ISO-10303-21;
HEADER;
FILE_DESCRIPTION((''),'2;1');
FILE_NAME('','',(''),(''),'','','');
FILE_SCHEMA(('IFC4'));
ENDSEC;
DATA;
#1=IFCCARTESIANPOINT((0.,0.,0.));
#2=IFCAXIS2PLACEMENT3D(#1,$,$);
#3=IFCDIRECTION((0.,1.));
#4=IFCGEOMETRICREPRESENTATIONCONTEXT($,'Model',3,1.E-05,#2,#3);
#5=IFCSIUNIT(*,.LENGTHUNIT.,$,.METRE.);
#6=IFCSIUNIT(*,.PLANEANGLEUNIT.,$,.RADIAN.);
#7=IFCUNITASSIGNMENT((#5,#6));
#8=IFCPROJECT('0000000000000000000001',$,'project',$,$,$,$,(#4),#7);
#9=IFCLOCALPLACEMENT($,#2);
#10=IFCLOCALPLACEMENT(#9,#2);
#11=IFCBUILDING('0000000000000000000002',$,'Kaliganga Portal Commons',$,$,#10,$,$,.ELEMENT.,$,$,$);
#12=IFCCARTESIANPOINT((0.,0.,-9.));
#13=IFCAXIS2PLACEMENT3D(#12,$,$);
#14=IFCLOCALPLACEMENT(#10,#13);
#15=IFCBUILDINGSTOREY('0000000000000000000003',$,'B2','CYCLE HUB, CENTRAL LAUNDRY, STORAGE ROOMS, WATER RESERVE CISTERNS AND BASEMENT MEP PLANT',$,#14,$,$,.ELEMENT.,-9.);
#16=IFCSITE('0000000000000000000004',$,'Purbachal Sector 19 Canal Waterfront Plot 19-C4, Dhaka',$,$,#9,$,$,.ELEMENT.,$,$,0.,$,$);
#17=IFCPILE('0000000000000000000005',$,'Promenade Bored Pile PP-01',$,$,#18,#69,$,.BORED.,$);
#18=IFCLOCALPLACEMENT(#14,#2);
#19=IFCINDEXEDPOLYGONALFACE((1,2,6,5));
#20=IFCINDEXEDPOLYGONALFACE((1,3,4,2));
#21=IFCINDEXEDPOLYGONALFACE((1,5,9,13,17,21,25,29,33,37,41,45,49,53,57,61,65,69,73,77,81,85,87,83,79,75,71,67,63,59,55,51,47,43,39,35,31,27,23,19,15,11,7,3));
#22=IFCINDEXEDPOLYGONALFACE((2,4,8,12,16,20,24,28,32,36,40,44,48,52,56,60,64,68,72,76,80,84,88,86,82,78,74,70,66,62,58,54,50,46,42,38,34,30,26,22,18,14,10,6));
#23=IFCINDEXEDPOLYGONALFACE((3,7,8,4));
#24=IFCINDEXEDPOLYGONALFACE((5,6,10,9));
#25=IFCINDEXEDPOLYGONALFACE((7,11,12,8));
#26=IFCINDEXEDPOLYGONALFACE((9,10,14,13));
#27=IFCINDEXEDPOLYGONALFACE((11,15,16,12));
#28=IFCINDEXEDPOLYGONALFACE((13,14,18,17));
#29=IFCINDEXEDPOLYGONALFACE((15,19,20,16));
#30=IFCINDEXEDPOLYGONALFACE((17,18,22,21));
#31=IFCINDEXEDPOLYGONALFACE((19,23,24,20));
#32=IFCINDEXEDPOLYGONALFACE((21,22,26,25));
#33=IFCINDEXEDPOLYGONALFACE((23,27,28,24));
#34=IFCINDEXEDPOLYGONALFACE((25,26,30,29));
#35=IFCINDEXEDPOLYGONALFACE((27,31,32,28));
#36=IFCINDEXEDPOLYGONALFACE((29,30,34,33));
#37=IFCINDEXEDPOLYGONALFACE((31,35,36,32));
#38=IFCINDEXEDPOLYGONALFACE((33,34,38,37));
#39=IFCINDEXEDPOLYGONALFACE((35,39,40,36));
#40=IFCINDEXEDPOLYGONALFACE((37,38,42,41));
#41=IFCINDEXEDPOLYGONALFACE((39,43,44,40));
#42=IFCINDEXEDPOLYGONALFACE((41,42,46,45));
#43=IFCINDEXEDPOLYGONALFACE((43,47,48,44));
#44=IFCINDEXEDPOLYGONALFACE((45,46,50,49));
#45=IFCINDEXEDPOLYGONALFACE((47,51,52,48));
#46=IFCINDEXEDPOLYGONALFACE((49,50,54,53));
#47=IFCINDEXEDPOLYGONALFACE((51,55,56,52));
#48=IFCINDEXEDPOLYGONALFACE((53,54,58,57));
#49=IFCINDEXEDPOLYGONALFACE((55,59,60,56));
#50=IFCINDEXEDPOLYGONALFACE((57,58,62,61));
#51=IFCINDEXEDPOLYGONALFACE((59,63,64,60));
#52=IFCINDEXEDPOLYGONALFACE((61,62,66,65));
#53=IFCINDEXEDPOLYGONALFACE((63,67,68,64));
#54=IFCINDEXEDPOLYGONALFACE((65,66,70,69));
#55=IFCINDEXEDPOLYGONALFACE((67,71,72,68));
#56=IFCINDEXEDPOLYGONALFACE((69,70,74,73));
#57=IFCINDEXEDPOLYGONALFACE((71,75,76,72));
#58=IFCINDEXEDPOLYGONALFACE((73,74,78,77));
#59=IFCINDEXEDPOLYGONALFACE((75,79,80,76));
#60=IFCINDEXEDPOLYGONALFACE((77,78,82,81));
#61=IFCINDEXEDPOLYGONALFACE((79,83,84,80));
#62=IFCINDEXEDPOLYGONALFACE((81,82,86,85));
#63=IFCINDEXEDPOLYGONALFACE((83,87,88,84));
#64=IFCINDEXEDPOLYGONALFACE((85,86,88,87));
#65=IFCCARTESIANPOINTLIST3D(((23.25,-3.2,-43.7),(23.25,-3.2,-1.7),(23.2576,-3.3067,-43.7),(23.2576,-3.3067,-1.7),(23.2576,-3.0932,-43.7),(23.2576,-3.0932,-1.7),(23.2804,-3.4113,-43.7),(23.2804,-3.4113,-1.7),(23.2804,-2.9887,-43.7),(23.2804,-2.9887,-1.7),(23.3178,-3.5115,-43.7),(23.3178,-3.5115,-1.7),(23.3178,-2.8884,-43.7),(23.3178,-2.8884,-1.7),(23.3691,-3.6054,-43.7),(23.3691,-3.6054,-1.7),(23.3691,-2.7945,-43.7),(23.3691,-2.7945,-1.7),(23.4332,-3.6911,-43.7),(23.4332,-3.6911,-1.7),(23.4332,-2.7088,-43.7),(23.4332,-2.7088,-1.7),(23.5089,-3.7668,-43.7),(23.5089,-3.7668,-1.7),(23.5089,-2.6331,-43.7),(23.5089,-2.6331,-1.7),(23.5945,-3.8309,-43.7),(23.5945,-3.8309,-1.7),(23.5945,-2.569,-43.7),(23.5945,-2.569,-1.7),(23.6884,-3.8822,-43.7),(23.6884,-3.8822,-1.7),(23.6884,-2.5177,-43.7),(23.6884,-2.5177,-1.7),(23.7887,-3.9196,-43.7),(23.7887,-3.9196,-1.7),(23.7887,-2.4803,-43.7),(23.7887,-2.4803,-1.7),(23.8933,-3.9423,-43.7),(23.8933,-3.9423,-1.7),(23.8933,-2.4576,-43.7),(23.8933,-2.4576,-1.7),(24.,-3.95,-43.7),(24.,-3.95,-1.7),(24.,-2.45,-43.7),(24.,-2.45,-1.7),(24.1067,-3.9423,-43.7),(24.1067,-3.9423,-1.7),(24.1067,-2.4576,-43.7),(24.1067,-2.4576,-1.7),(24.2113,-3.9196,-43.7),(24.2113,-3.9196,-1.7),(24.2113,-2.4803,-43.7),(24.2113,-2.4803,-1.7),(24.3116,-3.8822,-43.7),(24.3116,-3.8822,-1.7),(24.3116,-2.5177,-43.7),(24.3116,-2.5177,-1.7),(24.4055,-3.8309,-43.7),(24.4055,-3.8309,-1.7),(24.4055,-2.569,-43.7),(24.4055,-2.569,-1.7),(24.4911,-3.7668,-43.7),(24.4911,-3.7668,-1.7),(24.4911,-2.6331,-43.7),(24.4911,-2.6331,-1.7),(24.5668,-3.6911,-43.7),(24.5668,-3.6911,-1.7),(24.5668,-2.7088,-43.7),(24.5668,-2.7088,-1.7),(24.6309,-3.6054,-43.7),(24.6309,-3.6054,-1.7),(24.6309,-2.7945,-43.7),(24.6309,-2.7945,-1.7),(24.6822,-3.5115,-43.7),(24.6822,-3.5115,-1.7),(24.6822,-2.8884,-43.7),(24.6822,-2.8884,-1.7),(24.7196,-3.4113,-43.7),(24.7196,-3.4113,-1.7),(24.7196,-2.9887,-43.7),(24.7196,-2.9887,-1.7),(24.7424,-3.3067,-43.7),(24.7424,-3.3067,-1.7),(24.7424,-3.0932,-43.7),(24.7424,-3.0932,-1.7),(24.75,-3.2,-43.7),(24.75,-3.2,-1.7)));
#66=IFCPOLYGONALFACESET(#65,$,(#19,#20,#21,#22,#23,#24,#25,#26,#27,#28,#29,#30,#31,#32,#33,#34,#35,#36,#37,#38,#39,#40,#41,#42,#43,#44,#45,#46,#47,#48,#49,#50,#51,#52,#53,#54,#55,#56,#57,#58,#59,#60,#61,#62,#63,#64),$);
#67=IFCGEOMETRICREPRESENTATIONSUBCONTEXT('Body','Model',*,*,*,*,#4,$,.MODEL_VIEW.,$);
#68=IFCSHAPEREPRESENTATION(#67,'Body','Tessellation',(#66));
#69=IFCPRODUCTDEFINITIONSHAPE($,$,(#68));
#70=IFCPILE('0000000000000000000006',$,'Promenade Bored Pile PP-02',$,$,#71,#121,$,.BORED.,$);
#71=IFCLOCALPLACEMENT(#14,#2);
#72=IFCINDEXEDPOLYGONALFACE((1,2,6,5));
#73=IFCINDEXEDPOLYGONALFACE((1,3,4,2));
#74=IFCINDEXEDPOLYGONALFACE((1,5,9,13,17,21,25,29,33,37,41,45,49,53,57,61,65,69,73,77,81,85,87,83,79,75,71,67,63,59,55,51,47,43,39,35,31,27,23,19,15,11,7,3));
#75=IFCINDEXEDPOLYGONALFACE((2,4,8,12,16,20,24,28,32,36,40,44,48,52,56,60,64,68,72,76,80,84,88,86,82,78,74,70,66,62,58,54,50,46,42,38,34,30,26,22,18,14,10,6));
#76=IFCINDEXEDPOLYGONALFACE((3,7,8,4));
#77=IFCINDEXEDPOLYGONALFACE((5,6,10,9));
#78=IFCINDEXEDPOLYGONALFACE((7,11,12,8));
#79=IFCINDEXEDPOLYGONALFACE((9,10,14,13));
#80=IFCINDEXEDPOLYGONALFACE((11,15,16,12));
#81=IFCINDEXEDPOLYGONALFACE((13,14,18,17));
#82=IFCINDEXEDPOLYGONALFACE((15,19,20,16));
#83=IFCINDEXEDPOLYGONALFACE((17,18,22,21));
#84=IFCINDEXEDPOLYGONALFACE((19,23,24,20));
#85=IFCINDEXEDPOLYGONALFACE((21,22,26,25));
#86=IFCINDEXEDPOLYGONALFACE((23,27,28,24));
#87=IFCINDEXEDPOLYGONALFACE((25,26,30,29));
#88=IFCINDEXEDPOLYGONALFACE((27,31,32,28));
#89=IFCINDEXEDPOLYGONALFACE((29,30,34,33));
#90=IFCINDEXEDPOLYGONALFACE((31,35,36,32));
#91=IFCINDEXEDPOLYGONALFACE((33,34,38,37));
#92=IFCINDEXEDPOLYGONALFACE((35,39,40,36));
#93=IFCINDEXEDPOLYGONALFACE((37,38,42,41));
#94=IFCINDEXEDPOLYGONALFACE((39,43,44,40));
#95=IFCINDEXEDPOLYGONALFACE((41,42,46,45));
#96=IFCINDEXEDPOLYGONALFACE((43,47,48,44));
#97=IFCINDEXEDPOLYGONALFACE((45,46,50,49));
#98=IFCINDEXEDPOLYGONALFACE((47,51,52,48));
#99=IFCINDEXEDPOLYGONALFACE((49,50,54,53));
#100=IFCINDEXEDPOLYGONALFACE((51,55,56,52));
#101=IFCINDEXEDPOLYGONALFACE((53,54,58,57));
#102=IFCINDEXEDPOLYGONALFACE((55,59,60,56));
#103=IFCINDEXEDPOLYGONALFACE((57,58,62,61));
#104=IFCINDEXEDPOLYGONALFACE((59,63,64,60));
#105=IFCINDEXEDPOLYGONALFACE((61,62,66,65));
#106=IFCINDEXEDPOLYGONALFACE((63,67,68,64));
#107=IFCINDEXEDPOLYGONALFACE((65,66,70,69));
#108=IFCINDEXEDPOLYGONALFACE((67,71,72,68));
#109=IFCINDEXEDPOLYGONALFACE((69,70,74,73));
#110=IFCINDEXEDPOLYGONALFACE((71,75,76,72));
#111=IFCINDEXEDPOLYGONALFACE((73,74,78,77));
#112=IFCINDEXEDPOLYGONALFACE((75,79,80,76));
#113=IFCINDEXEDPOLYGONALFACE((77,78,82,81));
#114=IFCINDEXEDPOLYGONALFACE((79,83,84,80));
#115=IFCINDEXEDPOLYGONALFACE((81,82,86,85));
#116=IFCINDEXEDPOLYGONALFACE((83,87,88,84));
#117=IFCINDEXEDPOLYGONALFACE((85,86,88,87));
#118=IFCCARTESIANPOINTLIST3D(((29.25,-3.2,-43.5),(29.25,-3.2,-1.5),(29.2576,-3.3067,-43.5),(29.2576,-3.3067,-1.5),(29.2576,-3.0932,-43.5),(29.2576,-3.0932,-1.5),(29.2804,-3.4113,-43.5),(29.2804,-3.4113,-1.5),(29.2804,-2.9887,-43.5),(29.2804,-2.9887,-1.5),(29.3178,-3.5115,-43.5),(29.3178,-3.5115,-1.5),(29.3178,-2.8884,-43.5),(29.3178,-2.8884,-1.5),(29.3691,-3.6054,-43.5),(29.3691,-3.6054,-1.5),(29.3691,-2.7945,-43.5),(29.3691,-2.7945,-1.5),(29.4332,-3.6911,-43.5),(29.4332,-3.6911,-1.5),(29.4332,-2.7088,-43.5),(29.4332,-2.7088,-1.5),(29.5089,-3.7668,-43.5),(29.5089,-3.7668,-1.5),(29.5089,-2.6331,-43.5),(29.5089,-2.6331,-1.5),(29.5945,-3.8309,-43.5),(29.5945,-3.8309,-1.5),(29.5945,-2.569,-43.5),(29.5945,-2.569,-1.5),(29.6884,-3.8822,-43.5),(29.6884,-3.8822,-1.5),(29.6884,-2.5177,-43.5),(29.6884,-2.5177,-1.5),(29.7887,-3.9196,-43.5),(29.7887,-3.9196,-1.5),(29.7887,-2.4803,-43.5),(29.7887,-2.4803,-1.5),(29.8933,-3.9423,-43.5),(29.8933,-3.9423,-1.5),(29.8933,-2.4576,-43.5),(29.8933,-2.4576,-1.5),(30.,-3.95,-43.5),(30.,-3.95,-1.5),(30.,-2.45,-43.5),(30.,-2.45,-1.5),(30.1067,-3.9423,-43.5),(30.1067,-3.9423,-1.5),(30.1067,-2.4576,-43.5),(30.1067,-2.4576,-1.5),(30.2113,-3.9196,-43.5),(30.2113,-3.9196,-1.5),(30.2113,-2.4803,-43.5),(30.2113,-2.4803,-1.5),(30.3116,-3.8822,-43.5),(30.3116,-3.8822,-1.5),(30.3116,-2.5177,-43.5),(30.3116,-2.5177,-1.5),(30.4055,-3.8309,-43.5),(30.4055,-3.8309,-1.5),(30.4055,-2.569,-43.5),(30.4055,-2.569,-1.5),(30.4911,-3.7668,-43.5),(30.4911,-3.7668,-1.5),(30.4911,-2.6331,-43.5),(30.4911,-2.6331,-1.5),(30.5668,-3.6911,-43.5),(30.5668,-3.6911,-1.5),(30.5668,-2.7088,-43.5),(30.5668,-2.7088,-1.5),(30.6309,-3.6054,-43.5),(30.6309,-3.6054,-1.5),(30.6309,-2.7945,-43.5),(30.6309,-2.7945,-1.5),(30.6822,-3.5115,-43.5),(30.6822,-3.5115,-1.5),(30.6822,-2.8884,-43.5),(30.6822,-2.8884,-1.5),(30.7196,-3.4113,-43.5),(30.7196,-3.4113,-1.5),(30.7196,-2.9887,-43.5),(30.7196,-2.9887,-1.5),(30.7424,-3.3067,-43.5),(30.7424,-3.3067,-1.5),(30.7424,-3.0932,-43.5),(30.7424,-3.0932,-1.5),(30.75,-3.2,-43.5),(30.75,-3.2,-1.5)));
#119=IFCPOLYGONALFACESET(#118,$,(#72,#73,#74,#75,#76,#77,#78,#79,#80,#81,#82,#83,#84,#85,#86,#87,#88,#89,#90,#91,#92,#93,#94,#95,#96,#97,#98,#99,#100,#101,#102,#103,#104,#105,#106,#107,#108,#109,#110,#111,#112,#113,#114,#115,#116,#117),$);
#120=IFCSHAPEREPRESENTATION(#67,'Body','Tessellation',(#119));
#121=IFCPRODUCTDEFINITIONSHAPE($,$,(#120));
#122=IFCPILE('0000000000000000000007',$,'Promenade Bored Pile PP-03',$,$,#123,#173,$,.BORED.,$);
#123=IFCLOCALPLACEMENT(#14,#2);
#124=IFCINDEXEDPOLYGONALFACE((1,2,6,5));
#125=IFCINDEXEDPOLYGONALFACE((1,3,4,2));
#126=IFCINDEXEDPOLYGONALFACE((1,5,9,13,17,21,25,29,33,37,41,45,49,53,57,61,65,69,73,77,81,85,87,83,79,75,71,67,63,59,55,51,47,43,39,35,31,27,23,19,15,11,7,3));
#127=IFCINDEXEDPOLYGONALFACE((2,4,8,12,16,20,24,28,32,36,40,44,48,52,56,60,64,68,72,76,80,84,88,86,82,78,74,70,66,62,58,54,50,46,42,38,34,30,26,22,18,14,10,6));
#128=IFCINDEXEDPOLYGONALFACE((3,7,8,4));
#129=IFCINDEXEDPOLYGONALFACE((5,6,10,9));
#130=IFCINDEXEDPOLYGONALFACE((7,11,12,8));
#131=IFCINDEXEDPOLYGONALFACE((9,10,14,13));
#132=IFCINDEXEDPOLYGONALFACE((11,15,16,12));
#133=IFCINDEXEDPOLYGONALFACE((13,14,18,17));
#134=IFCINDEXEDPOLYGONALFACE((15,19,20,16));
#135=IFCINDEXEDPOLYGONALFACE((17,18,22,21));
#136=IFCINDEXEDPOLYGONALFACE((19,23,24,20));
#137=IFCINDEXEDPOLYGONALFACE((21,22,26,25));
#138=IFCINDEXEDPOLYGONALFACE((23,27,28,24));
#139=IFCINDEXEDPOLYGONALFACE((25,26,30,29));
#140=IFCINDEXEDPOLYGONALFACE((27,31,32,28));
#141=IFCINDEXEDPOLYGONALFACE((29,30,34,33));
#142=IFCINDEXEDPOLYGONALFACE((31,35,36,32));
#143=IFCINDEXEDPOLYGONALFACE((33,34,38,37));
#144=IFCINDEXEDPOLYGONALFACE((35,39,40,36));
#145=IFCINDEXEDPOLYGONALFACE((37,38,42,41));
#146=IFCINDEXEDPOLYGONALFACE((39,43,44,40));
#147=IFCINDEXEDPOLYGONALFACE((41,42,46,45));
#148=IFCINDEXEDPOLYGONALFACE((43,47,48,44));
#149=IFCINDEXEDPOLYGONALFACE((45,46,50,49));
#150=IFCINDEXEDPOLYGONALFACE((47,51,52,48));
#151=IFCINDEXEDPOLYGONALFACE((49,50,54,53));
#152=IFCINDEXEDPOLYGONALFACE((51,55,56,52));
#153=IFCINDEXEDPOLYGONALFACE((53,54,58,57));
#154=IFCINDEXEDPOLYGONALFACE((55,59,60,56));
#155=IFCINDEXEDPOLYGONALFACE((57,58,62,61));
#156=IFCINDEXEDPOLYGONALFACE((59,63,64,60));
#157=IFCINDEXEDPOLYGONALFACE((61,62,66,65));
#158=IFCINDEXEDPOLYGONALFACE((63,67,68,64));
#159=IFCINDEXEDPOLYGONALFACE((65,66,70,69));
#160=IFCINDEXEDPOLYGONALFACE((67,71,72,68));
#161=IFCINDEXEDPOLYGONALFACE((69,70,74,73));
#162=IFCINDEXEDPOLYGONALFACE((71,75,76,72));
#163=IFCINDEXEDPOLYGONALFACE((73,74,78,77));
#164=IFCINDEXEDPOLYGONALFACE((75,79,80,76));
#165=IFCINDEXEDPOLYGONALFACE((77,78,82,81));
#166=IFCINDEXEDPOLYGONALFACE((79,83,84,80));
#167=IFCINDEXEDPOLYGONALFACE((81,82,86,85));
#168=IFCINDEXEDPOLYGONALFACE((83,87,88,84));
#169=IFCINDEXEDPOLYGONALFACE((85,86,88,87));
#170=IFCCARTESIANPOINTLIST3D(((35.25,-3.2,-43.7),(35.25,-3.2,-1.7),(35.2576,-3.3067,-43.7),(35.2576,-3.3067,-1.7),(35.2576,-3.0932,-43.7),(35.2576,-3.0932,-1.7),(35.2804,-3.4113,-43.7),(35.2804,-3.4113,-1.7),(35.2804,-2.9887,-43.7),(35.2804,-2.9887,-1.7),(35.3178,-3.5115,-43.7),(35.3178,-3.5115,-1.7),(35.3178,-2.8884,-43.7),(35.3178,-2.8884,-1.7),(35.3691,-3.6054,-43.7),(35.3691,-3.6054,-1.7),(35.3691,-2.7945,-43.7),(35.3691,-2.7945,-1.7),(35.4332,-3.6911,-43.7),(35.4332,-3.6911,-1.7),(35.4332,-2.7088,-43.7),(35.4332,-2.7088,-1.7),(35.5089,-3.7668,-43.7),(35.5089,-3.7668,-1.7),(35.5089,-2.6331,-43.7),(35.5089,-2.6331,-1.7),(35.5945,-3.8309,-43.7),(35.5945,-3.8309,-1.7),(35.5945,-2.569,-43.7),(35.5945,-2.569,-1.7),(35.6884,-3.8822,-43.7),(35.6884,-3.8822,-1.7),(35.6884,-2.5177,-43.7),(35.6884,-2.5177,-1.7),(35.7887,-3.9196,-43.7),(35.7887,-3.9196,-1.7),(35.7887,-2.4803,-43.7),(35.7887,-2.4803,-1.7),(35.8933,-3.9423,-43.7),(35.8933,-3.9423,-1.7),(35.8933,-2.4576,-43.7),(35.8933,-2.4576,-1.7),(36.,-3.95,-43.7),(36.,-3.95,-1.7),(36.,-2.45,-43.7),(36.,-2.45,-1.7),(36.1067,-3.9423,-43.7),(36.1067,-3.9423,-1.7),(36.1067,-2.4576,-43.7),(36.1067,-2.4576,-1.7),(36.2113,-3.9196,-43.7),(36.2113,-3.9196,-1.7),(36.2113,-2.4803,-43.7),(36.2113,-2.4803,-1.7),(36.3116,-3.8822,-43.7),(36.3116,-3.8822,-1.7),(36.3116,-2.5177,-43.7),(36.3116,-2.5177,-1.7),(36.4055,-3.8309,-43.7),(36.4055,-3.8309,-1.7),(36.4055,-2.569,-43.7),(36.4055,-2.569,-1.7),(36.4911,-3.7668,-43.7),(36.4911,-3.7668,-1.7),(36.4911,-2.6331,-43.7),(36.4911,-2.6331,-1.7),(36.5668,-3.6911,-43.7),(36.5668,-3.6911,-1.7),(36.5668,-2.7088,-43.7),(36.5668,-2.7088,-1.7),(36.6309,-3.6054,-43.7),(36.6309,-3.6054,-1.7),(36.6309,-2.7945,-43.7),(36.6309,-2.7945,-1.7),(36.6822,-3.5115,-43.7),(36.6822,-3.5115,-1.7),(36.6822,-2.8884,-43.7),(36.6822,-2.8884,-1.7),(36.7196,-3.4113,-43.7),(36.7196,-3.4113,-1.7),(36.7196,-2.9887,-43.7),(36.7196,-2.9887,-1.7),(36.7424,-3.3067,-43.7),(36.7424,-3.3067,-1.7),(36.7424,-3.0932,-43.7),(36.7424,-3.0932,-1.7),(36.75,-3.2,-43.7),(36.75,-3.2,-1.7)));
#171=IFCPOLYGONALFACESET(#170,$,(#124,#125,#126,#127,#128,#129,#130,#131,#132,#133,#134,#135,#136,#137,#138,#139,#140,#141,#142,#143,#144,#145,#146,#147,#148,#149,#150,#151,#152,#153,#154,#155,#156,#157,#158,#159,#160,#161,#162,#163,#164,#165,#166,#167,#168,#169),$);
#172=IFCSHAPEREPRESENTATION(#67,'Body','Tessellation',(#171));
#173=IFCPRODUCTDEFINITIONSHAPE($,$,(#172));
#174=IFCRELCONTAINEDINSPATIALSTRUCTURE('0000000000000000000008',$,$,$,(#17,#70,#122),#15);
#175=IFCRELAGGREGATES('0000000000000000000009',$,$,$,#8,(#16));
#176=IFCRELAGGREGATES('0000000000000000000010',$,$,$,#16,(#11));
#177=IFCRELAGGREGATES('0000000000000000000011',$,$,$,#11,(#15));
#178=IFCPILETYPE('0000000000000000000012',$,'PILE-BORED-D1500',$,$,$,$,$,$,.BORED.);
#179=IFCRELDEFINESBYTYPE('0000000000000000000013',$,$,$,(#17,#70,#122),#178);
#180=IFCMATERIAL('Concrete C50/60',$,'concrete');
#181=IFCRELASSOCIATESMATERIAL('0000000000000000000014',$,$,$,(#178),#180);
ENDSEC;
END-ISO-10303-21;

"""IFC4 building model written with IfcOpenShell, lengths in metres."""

from ifc_helpers import new_model, si_unit, direction, frame, origin, origin_2d, place, context, subcontext, project, spatial, circle, extrude, material, material_profile, profile_set, type_object, element, save


model = new_model("IFC4")

# Units and contexts
model_context = context("Model", 3, precision=1e-05, world=origin(), true_north=direction((0.0, 1.0)))
body_context = subcontext(model_context, "Body", "Model", "MODEL_VIEW")
ifc_project = project(units=[si_unit("LENGTHUNIT", "METRE"), si_unit("PLANEANGLEUNIT", "RADIAN")], contexts=[model_context])

# Site, building, storey
site_placement = place(None, origin())
site = spatial("IfcSite", under=ifc_project, at=site_placement, Name="Purbachal Sector 19 Canal Waterfront Plot 19-C4, Dhaka", CompositionType="ELEMENT", RefElevation=0.0)
building_placement = place(site_placement, origin())
building = spatial("IfcBuilding", under=site, at=building_placement, Name="Kaliganga Portal Commons", CompositionType="ELEMENT")
storey_placement = place(building_placement, frame((0.0, 0.0, -9.0)))
storey = spatial("IfcBuildingStorey", under=building, at=storey_placement, Name="B2", Description="CYCLE HUB, CENTRAL LAUNDRY, STORAGE ROOMS, WATER RESERVE CISTERNS AND BASEMENT MEP PLANT", CompositionType="ELEMENT", Elevation=-9.0)

# Piles
ifc_material_1 = material(Name="Concrete C50/60", Category="concrete")
ifc_material_profile_1 = material_profile(ifc_material_1, circle(Radius=0.75, at=origin_2d()), Name="PILE D1500")
ifc_profile_set_1 = profile_set([ifc_material_profile_1], Name="Concrete C50/60")
pile_type_1 = type_object("IfcPileType", Name="PILE-BORED-D1500", PredefinedType="BORED", material=ifc_profile_set_1)
for number, where, z_axis, x_axis, name in (
    (1, (24.0, -3.2, -1.7), (0.0, 0.0, -1.0), (1.0, 0.0, 0.0), "Promenade Bored Pile PP-01"),
    (2, (30.0, -3.2, -1.5), (0.0, 0.0, -1.0), (1.0, 0.0, 0.0), "Promenade Bored Pile PP-02"),
    (3, (36.0, -3.2, -1.7), (0.0, 0.0, -1.0), (1.0, 0.0, 0.0), "Promenade Bored Pile PP-03"),
):
    element("IfcPile", number, at=place(storey_placement, frame(where, z_axis=z_axis, x_axis=x_axis)), inside=storey, type_object=pile_type_1, Name=name, PredefinedType="BORED", context=body_context, shape_type="SweptSolid", body=[
        extrude(circle(Radius=0.75, at=origin_2d()), origin(), (0.0, 0.0, 1.0), 42.0),
    ])

save(model, "model.ifc")
